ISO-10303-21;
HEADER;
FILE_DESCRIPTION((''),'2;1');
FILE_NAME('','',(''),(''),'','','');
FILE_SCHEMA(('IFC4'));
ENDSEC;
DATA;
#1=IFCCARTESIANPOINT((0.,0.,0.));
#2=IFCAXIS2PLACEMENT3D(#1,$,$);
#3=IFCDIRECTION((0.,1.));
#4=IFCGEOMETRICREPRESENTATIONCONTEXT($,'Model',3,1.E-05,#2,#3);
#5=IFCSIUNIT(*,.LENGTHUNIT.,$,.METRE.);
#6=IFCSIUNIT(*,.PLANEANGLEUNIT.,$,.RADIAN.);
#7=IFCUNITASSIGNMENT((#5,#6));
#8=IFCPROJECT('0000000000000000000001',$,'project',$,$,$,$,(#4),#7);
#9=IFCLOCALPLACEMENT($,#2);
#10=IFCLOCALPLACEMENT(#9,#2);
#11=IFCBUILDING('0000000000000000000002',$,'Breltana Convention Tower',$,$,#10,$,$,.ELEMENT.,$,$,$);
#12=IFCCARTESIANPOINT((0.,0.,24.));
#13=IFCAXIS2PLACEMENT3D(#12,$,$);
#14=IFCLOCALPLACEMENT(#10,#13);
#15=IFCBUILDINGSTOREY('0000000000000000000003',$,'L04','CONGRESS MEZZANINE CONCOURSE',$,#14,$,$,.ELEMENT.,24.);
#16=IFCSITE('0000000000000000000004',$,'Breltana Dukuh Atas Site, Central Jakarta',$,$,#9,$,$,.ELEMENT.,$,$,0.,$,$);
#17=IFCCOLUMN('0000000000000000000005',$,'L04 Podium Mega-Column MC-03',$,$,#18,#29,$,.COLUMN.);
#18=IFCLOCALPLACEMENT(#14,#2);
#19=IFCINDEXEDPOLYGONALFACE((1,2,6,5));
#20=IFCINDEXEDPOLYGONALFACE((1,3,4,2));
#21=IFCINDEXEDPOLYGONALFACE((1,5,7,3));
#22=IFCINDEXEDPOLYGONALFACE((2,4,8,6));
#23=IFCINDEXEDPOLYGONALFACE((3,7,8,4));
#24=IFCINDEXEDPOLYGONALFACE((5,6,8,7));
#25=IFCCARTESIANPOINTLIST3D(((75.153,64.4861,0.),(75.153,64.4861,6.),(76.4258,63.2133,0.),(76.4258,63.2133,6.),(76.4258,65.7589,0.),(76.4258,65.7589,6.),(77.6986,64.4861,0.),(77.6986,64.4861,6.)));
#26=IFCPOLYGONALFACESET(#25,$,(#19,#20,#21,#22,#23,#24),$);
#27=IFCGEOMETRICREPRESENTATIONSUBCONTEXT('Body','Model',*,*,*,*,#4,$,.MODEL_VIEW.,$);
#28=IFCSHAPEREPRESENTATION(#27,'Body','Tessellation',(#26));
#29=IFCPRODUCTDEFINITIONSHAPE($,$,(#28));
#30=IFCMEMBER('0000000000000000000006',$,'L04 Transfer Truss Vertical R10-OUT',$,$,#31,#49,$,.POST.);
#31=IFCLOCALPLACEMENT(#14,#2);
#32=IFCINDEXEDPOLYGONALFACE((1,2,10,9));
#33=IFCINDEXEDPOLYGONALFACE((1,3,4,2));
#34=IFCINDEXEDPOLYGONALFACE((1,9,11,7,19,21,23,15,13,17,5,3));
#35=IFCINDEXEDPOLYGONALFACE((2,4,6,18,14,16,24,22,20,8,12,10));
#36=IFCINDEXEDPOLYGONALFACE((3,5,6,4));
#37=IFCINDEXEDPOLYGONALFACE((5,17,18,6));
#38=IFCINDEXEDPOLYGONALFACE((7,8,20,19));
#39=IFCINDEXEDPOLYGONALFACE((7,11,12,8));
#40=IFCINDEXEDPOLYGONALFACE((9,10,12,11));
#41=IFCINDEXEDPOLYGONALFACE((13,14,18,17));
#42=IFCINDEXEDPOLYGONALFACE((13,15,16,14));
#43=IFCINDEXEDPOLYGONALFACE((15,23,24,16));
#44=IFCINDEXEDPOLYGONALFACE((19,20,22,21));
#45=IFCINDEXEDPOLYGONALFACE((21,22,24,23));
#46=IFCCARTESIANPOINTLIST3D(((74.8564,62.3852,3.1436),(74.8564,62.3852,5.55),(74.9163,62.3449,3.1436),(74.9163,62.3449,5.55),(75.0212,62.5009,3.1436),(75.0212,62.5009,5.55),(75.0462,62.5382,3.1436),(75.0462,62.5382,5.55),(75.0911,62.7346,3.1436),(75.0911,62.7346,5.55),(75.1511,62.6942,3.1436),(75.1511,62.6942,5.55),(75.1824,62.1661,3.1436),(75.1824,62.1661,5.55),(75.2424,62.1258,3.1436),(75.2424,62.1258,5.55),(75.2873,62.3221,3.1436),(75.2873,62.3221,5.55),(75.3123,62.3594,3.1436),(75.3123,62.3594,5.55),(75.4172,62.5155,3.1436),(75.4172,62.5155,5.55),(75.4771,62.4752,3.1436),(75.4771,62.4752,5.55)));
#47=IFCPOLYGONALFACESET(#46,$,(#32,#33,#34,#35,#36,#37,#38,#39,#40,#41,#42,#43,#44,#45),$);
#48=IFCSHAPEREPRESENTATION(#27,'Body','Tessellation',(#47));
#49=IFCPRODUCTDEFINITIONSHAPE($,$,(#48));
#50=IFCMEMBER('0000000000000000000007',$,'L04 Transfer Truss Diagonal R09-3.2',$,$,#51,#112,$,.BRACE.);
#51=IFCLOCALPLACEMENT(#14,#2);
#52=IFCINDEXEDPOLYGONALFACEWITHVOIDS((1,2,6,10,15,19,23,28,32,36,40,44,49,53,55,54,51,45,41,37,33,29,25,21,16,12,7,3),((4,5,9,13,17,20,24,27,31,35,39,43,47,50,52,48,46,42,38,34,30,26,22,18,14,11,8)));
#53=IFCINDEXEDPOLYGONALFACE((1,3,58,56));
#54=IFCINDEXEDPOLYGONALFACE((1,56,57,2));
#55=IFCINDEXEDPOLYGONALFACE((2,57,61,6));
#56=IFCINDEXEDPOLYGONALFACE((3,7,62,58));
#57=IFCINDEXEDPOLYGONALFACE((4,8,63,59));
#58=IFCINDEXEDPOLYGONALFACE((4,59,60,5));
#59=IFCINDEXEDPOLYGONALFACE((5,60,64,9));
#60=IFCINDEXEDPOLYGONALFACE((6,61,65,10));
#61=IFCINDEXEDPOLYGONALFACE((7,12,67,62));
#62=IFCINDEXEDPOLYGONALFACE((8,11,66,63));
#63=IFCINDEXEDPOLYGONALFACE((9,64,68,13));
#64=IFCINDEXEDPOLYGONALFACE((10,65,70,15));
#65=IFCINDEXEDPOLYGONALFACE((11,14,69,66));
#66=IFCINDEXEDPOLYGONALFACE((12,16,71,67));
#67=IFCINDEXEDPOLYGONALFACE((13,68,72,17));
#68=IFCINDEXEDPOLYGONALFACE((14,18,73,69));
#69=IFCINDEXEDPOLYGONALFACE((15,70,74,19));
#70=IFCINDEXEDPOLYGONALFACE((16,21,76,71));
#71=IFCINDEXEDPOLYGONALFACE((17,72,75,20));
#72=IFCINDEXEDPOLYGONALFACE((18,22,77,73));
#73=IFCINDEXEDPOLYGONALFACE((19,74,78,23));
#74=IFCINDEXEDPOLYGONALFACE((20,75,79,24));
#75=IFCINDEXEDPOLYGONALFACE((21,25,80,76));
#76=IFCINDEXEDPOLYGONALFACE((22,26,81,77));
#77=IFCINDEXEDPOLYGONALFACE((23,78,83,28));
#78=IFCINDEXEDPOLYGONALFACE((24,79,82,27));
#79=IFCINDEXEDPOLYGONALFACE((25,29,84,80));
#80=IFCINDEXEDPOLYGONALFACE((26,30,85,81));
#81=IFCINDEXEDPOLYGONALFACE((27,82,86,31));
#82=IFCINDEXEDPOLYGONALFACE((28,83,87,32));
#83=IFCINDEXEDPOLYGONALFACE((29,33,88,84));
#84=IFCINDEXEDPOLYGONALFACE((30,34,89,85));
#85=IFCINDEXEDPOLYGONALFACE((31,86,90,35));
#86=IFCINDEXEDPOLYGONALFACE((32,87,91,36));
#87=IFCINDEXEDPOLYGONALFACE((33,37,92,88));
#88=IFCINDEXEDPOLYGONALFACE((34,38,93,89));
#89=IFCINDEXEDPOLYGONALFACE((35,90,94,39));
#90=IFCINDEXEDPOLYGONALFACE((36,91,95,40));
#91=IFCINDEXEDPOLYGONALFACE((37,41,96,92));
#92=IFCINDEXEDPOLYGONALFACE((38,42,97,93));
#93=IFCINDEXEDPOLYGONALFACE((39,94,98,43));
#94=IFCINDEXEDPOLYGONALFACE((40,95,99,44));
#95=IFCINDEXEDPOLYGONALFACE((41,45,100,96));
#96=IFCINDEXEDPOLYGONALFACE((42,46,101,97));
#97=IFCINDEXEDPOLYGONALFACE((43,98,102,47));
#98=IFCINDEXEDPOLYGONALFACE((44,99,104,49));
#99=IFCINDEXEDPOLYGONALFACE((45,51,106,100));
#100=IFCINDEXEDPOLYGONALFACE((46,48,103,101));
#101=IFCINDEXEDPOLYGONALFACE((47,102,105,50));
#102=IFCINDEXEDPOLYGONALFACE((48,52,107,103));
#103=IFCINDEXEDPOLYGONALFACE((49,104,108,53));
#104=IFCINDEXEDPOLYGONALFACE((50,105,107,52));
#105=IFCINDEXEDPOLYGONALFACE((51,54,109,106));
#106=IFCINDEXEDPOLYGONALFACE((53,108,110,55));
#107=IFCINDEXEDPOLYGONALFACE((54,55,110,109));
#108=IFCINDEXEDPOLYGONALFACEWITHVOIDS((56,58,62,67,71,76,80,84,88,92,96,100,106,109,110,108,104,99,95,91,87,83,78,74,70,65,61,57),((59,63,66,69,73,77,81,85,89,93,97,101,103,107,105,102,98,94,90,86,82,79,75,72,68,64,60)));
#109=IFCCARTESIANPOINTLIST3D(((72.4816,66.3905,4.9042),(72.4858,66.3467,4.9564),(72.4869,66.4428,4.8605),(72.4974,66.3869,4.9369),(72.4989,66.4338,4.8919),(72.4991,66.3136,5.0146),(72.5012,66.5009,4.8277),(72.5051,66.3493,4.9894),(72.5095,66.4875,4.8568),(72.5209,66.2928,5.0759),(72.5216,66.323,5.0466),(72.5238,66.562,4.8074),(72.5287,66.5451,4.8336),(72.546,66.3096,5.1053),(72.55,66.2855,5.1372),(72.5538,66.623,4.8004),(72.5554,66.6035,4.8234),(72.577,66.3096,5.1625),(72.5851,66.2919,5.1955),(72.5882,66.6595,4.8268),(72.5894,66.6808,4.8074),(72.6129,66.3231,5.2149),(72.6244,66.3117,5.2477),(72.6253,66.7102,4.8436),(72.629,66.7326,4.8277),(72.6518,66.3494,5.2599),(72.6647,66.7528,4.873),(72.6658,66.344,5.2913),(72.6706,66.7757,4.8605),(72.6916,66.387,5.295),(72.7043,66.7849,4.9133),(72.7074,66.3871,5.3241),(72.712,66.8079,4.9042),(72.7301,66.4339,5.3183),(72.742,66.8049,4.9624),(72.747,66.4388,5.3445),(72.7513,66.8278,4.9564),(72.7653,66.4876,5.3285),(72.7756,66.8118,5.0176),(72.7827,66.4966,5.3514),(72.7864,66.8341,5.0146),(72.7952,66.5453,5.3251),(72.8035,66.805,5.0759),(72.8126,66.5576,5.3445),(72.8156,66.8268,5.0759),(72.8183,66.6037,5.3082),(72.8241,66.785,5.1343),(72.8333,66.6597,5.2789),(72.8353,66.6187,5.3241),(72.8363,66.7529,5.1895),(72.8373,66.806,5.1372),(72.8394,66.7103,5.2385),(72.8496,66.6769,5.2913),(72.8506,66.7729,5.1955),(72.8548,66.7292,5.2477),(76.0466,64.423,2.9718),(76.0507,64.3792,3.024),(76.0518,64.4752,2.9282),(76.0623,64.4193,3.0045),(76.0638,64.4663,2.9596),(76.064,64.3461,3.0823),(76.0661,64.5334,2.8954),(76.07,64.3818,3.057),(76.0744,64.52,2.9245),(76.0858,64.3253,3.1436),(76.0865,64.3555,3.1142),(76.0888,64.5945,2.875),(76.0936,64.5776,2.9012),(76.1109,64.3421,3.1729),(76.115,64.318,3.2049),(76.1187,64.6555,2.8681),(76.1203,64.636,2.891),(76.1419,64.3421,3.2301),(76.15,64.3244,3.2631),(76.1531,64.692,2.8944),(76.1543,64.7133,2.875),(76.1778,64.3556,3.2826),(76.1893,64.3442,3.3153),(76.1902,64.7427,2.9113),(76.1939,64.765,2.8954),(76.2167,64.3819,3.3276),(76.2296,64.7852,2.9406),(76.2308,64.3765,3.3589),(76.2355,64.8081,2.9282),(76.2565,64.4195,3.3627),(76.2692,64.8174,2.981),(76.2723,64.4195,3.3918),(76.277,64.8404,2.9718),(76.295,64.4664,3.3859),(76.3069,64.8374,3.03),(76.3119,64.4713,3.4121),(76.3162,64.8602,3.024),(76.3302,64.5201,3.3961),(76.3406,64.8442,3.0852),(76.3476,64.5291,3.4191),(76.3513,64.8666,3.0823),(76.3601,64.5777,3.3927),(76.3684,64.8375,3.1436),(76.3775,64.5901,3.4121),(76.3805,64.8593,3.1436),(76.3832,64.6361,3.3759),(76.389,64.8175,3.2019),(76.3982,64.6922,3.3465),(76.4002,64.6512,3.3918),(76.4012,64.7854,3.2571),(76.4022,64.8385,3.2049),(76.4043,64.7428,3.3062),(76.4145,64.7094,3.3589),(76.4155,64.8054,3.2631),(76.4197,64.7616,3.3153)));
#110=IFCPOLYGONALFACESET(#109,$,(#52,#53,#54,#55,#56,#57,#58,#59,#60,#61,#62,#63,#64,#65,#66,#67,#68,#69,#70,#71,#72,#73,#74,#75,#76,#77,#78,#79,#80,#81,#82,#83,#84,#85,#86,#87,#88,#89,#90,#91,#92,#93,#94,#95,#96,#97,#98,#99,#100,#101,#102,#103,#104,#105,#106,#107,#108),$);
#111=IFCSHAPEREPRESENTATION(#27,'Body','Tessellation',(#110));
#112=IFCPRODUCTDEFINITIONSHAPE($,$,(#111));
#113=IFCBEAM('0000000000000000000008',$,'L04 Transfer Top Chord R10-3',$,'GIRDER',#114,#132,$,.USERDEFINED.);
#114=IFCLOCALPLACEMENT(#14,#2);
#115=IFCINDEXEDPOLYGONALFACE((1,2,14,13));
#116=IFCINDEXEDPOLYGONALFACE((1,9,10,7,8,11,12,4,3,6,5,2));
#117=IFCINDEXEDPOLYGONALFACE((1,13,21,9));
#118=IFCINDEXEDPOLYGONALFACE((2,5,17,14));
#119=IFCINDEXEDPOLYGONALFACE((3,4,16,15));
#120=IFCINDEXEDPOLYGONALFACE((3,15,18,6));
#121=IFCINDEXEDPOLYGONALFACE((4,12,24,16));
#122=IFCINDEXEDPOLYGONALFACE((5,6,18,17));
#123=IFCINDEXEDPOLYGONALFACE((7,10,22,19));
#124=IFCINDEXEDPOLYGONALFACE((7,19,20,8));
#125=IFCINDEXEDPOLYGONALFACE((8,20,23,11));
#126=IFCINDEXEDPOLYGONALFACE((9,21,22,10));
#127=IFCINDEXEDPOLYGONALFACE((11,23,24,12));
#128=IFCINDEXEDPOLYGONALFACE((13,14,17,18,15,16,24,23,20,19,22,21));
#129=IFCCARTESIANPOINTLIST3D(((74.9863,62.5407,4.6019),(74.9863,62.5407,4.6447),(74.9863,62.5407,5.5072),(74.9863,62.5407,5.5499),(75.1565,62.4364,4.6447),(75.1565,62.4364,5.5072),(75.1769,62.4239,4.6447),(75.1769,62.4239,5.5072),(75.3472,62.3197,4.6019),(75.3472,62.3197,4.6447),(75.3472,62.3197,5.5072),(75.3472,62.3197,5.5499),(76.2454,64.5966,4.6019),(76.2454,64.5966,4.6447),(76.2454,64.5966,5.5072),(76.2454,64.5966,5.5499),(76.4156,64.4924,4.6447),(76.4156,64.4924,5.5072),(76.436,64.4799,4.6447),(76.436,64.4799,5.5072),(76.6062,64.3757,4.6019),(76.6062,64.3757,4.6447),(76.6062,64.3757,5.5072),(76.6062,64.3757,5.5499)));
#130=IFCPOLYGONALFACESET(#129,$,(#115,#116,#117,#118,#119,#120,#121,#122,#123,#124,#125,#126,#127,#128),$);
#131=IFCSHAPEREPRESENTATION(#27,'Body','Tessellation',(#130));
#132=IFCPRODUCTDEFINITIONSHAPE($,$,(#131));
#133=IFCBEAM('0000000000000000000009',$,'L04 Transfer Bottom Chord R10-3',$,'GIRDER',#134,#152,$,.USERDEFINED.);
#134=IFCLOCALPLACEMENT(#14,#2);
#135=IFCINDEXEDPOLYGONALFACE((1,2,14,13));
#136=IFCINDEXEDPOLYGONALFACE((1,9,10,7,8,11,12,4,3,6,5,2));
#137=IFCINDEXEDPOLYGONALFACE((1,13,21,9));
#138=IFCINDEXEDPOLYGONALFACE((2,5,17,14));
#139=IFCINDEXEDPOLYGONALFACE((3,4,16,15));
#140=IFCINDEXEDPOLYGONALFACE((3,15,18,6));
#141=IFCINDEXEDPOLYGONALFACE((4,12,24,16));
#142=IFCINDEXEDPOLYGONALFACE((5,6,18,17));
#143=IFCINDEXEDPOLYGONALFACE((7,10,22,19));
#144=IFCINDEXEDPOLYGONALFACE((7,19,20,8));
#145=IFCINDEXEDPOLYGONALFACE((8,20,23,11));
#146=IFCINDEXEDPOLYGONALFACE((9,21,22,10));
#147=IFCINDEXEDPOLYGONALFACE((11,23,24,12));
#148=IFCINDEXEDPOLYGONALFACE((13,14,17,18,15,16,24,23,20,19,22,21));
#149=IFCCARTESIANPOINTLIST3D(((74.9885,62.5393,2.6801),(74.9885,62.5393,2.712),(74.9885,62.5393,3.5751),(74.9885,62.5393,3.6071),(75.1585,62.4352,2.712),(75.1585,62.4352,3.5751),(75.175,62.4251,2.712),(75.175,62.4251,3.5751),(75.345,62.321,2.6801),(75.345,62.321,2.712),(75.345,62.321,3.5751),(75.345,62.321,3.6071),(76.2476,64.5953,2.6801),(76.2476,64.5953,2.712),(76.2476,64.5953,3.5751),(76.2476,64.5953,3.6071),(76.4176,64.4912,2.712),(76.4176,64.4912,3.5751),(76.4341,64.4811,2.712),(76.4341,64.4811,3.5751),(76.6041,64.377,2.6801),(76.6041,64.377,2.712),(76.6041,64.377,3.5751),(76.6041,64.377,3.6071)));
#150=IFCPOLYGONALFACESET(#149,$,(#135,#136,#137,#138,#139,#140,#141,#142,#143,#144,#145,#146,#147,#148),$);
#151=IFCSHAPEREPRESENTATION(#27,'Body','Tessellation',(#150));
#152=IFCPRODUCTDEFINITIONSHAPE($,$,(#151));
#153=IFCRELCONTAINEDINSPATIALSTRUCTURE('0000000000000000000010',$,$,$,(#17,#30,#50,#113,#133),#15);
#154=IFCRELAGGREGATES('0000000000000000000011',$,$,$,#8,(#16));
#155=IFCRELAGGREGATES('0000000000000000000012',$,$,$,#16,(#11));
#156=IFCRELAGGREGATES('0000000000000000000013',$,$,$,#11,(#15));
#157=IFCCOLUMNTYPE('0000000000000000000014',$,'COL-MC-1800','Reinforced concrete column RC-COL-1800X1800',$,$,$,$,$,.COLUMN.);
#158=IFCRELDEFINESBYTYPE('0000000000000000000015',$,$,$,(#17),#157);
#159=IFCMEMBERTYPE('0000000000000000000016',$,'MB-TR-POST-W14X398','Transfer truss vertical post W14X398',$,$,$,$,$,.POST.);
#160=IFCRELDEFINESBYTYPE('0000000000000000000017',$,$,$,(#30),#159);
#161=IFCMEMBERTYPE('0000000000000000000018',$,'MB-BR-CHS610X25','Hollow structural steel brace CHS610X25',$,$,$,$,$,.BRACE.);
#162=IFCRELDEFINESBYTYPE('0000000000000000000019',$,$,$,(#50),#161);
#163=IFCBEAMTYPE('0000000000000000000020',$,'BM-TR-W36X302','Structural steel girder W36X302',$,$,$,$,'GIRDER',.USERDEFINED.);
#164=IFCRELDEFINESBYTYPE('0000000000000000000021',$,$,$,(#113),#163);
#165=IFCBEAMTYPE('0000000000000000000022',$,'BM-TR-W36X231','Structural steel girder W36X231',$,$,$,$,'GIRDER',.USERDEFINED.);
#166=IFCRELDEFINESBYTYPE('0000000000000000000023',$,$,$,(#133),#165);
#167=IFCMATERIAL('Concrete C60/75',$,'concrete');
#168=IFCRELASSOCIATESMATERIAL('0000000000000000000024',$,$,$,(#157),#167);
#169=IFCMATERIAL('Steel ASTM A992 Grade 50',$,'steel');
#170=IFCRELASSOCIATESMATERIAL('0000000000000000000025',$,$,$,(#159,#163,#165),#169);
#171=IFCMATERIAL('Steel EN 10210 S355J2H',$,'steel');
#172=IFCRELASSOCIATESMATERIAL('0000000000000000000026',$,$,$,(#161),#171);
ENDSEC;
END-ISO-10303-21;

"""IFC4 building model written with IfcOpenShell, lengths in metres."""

from ifc_helpers import new_model, si_unit, direction, frame, origin, origin_2d, place, context, subcontext, project, spatial, rectangle, hollow_circle, i_section, extrude, source, transform, mapped, material, material_profile, profile_set, type_object, type_shapes, element, save


model = new_model("IFC4")

# Units and contexts
model_context = context("Model", 3, precision=1e-05, world=origin(), true_north=direction((0.0, 1.0)))
body_context = subcontext(model_context, "Body", "Model", "MODEL_VIEW")
ifc_project = project(units=[si_unit("LENGTHUNIT", "METRE"), si_unit("PLANEANGLEUNIT", "RADIAN")], contexts=[model_context])

# Site, building, storey
site_placement = place(None, origin())
site = spatial("IfcSite", under=ifc_project, at=site_placement, Name="Breltana Dukuh Atas Site, Central Jakarta", CompositionType="ELEMENT", RefElevation=0.0)
building_placement = place(site_placement, origin())
building = spatial("IfcBuilding", under=site, at=building_placement, Name="Breltana Convention Tower", CompositionType="ELEMENT")
storey_placement = place(building_placement, frame((0.0, 0.0, 24.0)))
storey = spatial("IfcBuildingStorey", under=building, at=storey_placement, Name="L04", Description="CONGRESS MEZZANINE CONCOURSE", CompositionType="ELEMENT", Elevation=24.0)

# Column
ifc_material_1 = material(Name="Concrete C60/75", Category="concrete")
ifc_material_profile_1 = material_profile(ifc_material_1, rectangle(XDim=1.8, YDim=1.8, at=origin_2d()), Name="RC-COL-1800X1800")
ifc_profile_set_1 = profile_set([ifc_material_profile_1], Name="Concrete C60/75")
column_type = type_object("IfcColumnType", Name="COL-MC-1800", Description="Reinforced concrete column RC-COL-1800X1800", PredefinedType="COLUMN", material=ifc_profile_set_1)
shared_shape_1 = source(origin(), body_context, "Body", "SweptSolid", [
    extrude(rectangle(XDim=1.8, YDim=1.8, at=origin_2d()), origin(), (0.0, 0.0, 1.0), 6.0),
])
type_shapes(column_type, [shared_shape_1])
column_placement = place(storey_placement, frame((76.4258, 64.4861, 0.0), z_axis=(0.0, 0.0, 1.0), x_axis=(0.707107, 0.707107, 0.0)))
element("IfcColumn", 1, at=column_placement, inside=storey, type_object=column_type, Name="L04 Podium Mega-Column MC-03", PredefinedType="COLUMN", context=body_context, shape_type="MappedRepresentation", body=[
    mapped(shared_shape_1, transform((0.0, 0.0, 0.0), scale=1.0)),
])

# Members
ifc_material_2 = material(Name="Steel ASTM A992 Grade 50", Category="steel")
ifc_material_profile_2 = material_profile(ifc_material_2, i_section(OverallWidth=0.4209, OverallDepth=0.4651, WebThickness=0.0449, FlangeThickness=0.0723, at=origin_2d()), Name="W14X398")
ifc_profile_set_2 = profile_set([ifc_material_profile_2], Name="Steel ASTM A992 Grade 50")
member_type_1 = type_object("IfcMemberType", Name="MB-TR-POST-W14X398", Description="Transfer truss vertical post W14X398", PredefinedType="POST", material=ifc_profile_set_2)
shared_shape_2 = source(origin(), body_context, "Body", "SweptSolid", [
    extrude(i_section(OverallWidth=0.4209, OverallDepth=0.4651, WebThickness=0.0449, FlangeThickness=0.0723, at=origin_2d()), origin(), (0.0, 0.0, 1.0), 2.4065),
])
type_shapes(member_type_1, [shared_shape_2])
member_1_placement = place(storey_placement, frame((75.1667, 62.4302, 3.1436), z_axis=(0.0, 0.0, 1.0), x_axis=(0.557745, 0.830012, 0.0)))
element("IfcMember", 2, at=member_1_placement, inside=storey, type_object=member_type_1, Name="L04 Transfer Truss Vertical R10-OUT", PredefinedType="POST", context=body_context, shape_type="MappedRepresentation", body=[
    mapped(shared_shape_2, transform((0.0, 0.0, 0.0), scale=1.0)),
])
ifc_material_3 = material(Name="Steel EN 10210 S355J2H", Category="steel")
ifc_material_profile_3 = material_profile(ifc_material_3, hollow_circle(Radius=0.3049, WallThickness=0.0249, at=origin_2d()), Name="CHS610X25")
ifc_profile_set_3 = profile_set([ifc_material_profile_3], Name="Steel EN 10210 S355J2H")
member_type_2 = type_object("IfcMemberType", Name="MB-BR-CHS610X25", Description="Hollow structural steel brace CHS610X25", PredefinedType="BRACE", material=ifc_profile_set_3)
shared_shape_3 = source(origin(), body_context, "Body", "SweptSolid", [
    extrude(hollow_circle(Radius=0.3049, WallThickness=0.0249, at=origin_2d()), origin(), (0.0, 0.0, 1.0), 4.5071),
])
member_2_placement = place(storey_placement, frame((72.6682, 66.5598, 5.0759), z_axis=(0.790959, -0.436539, -0.428739), x_axis=(0.483203, 0.875509, 0.0)))
element("IfcMember", 3, at=member_2_placement, inside=storey, type_object=member_type_2, Name="L04 Transfer Truss Diagonal R09-3.2", PredefinedType="BRACE", context=body_context, shape_type="MappedRepresentation", body=[
    mapped(shared_shape_3, transform((0.0, 0.0, 0.0), scale=1.0)),
])

# Beams
ifc_material_profile_4 = material_profile(ifc_material_2, i_section(OverallWidth=0.4231, OverallDepth=0.948, WebThickness=0.0239, FlangeThickness=0.0427, at=origin_2d()), Name="W36X302")
ifc_profile_set_4 = profile_set([ifc_material_profile_4], Name="Steel ASTM A992 Grade 50")
beam_type_1 = type_object("IfcBeamType", Name="BM-TR-W36X302", Description="Structural steel girder W36X302", ElementType="GIRDER", PredefinedType="USERDEFINED", material=ifc_profile_set_4)
shared_shape_4 = source(origin(), body_context, "Body", "SweptSolid", [
    extrude(i_section(OverallWidth=0.4231, OverallDepth=0.948, WebThickness=0.0239, FlangeThickness=0.0427, at=origin_2d()), origin(), (0.0, 0.0, 1.0), 2.4109),
])
beam_1_placement = place(storey_placement, frame((75.1667, 62.4302, 5.0759), z_axis=(0.522249, 0.852793, 0.0), x_axis=(-0.852793, 0.522249, 0.0)))
element("IfcBeam", 4, at=beam_1_placement, inside=storey, type_object=beam_type_1, Name="L04 Transfer Top Chord R10-3", ObjectType="GIRDER", PredefinedType="USERDEFINED", context=body_context, shape_type="MappedRepresentation", body=[
    mapped(shared_shape_4, transform((0.0, 0.0, 0.0), scale=1.0)),
])
ifc_material_profile_5 = material_profile(ifc_material_2, i_section(OverallWidth=0.418, OverallDepth=0.927, WebThickness=0.0193, FlangeThickness=0.032, at=origin_2d()), Name="W36X231")
ifc_profile_set_5 = profile_set([ifc_material_profile_5], Name="Steel ASTM A992 Grade 50")
beam_type_2 = type_object("IfcBeamType", Name="BM-TR-W36X231", Description="Structural steel girder W36X231", ElementType="GIRDER", PredefinedType="USERDEFINED", material=ifc_profile_set_5)
shared_shape_5 = source(origin(), body_context, "Body", "SweptSolid", [
    extrude(i_section(OverallWidth=0.418, OverallDepth=0.927, WebThickness=0.0193, FlangeThickness=0.032, at=origin_2d()), origin(), (0.0, 0.0, 1.0), 2.4109),
])
beam_2_placement = place(storey_placement, frame((75.1667, 62.4302, 3.1436), z_axis=(0.522249, 0.852793, 0.0), x_axis=(-0.852793, 0.522249, 0.0)))
element("IfcBeam", 5, at=beam_2_placement, inside=storey, type_object=beam_type_2, Name="L04 Transfer Bottom Chord R10-3", ObjectType="GIRDER", PredefinedType="USERDEFINED", context=body_context, shape_type="MappedRepresentation", body=[
    mapped(shared_shape_5, transform((0.0, 0.0, 0.0), scale=1.0)),
])

save(model, "model.ifc")
